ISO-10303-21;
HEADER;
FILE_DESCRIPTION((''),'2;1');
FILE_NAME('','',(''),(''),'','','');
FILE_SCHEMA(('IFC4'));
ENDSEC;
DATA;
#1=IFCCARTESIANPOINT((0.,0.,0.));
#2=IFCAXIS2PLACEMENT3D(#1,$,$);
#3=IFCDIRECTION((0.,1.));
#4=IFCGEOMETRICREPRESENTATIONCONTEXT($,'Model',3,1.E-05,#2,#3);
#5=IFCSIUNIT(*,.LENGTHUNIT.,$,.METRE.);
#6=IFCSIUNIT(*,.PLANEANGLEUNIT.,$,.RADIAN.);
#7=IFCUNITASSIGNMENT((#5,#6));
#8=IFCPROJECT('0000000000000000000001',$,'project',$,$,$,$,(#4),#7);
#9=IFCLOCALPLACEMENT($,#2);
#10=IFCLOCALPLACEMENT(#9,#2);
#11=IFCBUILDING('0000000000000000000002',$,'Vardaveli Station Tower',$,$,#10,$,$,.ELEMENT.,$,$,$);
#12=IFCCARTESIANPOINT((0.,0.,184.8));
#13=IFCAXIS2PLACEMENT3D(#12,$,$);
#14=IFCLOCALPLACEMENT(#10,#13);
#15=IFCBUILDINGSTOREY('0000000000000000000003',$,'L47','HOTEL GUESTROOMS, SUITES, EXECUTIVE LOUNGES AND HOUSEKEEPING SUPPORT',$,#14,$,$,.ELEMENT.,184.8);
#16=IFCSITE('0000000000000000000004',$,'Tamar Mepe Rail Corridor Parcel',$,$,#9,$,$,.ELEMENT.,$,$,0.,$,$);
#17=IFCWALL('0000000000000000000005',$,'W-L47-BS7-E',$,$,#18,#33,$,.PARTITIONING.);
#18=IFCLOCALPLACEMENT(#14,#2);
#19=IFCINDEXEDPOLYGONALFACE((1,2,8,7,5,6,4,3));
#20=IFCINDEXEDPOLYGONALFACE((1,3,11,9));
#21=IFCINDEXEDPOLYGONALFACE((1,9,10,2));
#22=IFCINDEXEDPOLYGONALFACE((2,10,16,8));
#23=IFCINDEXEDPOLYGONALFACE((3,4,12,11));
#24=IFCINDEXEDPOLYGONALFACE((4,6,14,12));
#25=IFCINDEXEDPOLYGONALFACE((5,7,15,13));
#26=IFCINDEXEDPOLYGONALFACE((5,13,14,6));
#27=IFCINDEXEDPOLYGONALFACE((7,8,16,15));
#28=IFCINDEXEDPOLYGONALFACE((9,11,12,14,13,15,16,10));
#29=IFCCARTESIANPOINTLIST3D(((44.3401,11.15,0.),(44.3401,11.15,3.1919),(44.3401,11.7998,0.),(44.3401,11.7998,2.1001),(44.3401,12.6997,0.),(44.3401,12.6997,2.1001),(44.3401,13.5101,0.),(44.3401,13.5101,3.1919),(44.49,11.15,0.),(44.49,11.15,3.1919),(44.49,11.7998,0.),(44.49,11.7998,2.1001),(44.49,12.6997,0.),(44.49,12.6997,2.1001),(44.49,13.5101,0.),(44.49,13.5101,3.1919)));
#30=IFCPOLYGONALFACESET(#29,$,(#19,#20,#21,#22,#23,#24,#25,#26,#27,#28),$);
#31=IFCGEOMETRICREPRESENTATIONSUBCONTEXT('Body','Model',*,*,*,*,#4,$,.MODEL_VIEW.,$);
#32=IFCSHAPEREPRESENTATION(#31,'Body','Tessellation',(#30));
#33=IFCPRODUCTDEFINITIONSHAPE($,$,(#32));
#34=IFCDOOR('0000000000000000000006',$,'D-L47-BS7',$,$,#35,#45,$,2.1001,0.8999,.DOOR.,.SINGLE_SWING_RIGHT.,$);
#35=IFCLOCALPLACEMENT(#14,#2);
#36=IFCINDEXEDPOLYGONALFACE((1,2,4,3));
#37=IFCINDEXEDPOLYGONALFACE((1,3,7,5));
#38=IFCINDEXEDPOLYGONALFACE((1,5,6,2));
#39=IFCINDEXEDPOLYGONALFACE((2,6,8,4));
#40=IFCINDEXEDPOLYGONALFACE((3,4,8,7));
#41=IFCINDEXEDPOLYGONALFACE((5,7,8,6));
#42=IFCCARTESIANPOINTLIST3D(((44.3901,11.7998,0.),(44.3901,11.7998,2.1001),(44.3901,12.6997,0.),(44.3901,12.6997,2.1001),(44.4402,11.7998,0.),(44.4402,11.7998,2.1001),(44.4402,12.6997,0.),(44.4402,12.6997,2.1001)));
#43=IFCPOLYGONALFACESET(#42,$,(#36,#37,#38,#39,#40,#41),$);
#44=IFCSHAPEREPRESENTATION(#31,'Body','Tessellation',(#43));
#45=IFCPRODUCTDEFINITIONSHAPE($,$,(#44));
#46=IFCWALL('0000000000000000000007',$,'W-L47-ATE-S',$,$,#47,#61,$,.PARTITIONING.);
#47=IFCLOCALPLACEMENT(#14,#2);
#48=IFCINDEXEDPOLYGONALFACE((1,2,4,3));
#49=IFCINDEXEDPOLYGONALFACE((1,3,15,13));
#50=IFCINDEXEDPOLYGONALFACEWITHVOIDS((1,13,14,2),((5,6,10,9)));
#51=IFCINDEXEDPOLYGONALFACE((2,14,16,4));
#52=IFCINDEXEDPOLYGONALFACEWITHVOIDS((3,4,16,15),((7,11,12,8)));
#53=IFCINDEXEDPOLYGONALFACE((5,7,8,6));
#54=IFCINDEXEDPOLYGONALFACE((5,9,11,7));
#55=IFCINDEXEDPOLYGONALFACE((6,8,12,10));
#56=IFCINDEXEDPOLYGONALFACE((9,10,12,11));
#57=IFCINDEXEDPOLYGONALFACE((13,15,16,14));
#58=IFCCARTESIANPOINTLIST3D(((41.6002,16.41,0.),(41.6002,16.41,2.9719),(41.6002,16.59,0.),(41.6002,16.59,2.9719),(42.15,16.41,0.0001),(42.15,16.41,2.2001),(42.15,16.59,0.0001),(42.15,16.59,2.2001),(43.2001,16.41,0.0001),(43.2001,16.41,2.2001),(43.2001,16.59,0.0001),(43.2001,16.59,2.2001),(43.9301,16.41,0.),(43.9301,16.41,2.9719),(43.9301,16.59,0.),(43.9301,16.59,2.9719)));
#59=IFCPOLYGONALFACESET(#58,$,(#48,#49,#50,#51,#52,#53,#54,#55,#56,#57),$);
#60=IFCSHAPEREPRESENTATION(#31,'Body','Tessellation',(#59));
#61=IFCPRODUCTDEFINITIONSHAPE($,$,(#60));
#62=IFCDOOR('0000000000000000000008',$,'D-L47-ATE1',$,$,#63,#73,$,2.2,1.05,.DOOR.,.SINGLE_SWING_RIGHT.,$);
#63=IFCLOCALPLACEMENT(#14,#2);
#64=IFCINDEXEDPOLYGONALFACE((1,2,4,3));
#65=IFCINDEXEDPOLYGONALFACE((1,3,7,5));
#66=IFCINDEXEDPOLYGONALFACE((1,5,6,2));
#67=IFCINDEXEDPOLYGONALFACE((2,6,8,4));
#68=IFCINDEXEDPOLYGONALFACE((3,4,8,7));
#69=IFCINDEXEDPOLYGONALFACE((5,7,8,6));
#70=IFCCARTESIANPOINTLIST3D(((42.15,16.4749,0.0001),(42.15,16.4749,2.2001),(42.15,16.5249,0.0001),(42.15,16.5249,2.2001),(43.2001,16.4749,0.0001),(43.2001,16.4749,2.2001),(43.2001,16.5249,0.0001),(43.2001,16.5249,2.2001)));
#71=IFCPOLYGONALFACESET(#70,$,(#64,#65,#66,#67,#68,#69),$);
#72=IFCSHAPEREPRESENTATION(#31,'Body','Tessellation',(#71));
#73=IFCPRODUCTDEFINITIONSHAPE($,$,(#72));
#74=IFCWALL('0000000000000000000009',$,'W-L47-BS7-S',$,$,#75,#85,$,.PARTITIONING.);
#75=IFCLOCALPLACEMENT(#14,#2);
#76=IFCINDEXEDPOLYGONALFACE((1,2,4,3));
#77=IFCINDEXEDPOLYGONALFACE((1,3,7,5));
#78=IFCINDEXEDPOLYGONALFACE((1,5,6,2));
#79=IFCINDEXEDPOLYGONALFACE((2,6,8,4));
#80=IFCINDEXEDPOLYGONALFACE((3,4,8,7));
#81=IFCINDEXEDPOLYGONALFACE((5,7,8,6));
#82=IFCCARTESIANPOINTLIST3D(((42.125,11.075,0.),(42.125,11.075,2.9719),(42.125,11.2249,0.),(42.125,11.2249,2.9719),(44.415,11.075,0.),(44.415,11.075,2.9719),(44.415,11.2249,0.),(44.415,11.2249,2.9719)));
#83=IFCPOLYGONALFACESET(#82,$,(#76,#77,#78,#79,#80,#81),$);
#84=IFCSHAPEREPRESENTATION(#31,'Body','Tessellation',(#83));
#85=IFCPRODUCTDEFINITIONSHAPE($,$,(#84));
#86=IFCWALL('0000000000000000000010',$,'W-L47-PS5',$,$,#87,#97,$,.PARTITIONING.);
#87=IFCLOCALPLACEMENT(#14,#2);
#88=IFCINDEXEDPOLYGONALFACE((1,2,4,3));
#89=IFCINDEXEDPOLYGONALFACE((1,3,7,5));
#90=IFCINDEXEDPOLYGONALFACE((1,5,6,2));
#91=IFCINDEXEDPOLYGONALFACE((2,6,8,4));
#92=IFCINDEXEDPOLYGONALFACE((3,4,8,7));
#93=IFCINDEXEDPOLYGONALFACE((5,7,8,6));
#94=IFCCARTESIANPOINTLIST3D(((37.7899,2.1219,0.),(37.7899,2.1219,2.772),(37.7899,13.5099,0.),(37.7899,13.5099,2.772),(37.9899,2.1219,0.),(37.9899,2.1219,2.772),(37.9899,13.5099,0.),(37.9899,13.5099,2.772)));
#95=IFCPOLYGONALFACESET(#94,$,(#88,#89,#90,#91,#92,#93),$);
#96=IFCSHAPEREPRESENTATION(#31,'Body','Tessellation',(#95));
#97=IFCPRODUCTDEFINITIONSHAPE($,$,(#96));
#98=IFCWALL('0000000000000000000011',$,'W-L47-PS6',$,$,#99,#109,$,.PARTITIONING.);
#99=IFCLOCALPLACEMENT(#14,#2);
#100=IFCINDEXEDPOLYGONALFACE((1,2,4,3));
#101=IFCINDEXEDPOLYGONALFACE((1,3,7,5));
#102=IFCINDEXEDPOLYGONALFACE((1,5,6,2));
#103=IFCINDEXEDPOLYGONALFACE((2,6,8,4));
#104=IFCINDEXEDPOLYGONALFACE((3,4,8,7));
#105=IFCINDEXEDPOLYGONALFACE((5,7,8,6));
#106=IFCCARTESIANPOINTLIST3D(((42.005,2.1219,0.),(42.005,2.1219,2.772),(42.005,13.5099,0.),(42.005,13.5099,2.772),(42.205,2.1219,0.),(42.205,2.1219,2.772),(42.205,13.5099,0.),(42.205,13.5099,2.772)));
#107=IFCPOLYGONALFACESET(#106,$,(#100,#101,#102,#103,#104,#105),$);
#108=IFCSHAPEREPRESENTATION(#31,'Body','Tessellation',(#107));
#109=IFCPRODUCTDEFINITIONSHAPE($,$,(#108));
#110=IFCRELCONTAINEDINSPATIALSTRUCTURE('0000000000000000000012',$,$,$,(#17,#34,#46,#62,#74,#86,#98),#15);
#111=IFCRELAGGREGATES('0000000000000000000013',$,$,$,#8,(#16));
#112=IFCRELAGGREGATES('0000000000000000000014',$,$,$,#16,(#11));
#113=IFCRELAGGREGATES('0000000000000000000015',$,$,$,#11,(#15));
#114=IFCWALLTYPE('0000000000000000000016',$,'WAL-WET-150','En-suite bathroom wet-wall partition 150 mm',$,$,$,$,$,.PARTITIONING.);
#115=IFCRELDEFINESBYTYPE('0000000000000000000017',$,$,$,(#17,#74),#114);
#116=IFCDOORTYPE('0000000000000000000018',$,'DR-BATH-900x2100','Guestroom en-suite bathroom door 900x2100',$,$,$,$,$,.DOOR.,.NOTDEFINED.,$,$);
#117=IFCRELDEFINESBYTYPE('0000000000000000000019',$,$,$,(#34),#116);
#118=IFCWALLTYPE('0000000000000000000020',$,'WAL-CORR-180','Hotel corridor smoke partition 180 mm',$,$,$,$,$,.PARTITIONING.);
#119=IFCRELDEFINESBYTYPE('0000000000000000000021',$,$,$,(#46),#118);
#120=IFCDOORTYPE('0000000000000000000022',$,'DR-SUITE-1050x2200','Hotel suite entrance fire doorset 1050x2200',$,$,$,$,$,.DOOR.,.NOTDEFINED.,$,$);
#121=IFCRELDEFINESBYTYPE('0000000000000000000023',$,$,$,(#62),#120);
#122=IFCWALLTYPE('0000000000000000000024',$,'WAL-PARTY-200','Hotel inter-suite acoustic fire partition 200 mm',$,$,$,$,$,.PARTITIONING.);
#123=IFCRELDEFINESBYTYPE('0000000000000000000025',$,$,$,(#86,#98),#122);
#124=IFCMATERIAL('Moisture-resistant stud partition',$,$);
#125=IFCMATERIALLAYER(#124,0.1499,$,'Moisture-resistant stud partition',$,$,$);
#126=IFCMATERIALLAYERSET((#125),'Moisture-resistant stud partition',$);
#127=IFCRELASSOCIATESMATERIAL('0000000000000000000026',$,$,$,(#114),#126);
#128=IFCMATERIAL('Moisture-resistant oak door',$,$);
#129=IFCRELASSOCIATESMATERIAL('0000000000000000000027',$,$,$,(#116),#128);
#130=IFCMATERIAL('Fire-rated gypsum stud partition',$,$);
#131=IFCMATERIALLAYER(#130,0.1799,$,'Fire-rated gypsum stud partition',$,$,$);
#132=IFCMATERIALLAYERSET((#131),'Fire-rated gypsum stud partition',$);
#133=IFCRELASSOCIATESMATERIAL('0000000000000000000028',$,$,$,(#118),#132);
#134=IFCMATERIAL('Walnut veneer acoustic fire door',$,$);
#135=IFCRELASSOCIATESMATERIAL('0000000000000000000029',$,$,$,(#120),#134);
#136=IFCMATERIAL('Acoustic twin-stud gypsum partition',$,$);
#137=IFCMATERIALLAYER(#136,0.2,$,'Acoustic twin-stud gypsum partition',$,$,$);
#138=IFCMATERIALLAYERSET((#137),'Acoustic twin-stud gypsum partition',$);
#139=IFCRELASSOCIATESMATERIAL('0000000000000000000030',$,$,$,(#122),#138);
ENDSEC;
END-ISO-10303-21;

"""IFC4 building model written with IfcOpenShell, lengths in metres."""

from ifc_helpers import new_model, si_unit, direction, frame, frame_2d, origin, place, context, subcontext, project, spatial, rectangle, extrude, source, transform, mapped, material, layer, layer_set, type_object, element, fill, save


model = new_model("IFC4")

# Units and contexts
model_context = context("Model", 3, precision=1e-05, world=origin(), true_north=direction((0.0, 1.0)))
body_context = subcontext(model_context, "Body", "Model", "MODEL_VIEW")
ifc_project = project(units=[si_unit("LENGTHUNIT", "METRE"), si_unit("PLANEANGLEUNIT", "RADIAN")], contexts=[model_context])

# Site, building, storey
site_placement = place(None, origin())
site = spatial("IfcSite", under=ifc_project, at=site_placement, Name="Tamar Mepe Rail Corridor Parcel", CompositionType="ELEMENT", RefElevation=0.0)
building_placement = place(site_placement, origin())
building = spatial("IfcBuilding", under=site, at=building_placement, Name="Vardaveli Station Tower", CompositionType="ELEMENT")
storey_placement = place(building_placement, frame((0.0, 0.0, 184.8)))
storey = spatial("IfcBuildingStorey", under=building, at=storey_placement, Name="L47", Description="HOTEL GUESTROOMS, SUITES, EXECUTIVE LOUNGES AND HOUSEKEEPING SUPPORT", CompositionType="ELEMENT", Elevation=184.8)

# Walls, openings, doors
ifc_material_1 = material(Name="Moisture-resistant stud partition")
ifc_layer_1 = layer(ifc_material_1, 0.1499, Name="Moisture-resistant stud partition")
ifc_layer_set_1 = layer_set([ifc_layer_1], Name="Moisture-resistant stud partition")
wall_type_1 = type_object("IfcWallType", Name="WAL-WET-150", Description="En-suite bathroom wet-wall partition 150 mm", PredefinedType="PARTITIONING", material=ifc_layer_set_1)
shared_shape_1 = source(origin(), body_context, "Body", "SweptSolid", [
    extrude(rectangle(XDim=2.3601, YDim=0.1499, at=frame_2d((1.1802, 0.0))), origin(), (0.0, 0.0, 1.0), 3.1919),
])
wall_1_placement = place(storey_placement, frame((44.415, 11.1499, 0.0), z_axis=(0.0, 0.0, 1.0), x_axis=(0.0, 1.0, 0.0)))
wall_1 = element("IfcWall", 1, at=wall_1_placement, inside=storey, type_object=wall_type_1, Name="W-L47-BS7-E", PredefinedType="PARTITIONING", context=body_context, shape_type="MappedRepresentation", body=[
    mapped(shared_shape_1, transform((0.0, 0.0, 0.0), scale=1.0)),
])
shared_shape_2 = source(origin(), body_context, "Body", "SweptSolid", [
    extrude(rectangle(XDim=0.8999, YDim=2.1001, at=frame_2d((0.45, 1.05))), frame((0.0, 0.085, 0.0), z_axis=(0.0, -1.0, 0.0), x_axis=(1.0, 0.0, 0.0)), (0.0, 0.0, 1.0), 0.1699),
])
opening_1_placement = place(wall_1_placement, frame((0.6499, 0.0, 0.0)))
opening_1 = element("IfcOpeningElement", 2, at=opening_1_placement, cuts=wall_1, PredefinedType="OPENING", context=body_context, shape_type="MappedRepresentation", body=[
    mapped(shared_shape_2, transform((0.0, 0.0, 0.0), scale=1.0)),
])
ifc_material_2 = material(Name="Moisture-resistant oak door")
door_type_1 = type_object("IfcDoorType", Name="DR-BATH-900x2100", Description="Guestroom en-suite bathroom door 900x2100", OperationType="NOTDEFINED", PredefinedType="DOOR", material=ifc_material_2)
shared_shape_3 = source(origin(), body_context, "Body", "SweptSolid", [
    extrude(rectangle(XDim=0.8999, YDim=2.1001, at=frame_2d((0.45, 1.05))), frame((0.0, 0.0249, 0.0), z_axis=(0.0, -1.0, 0.0), x_axis=(1.0, 0.0, 0.0)), (0.0, 0.0, 1.0), 0.05),
])
door_1_placement = place(opening_1_placement, origin())
door_1 = element("IfcDoor", 3, at=door_1_placement, inside=storey, type_object=door_type_1, Name="D-L47-BS7", OperationType="SINGLE_SWING_RIGHT", OverallHeight=2.1001, OverallWidth=0.8999, PredefinedType="DOOR", context=body_context, shape_type="MappedRepresentation", body=[
    mapped(shared_shape_3, transform((0.0, 0.0, 0.0), scale=1.0)),
])
fill(opening_1, door_1)
ifc_material_3 = material(Name="Fire-rated gypsum stud partition")
ifc_layer_2 = layer(ifc_material_3, 0.1799, Name="Fire-rated gypsum stud partition")
ifc_layer_set_2 = layer_set([ifc_layer_2], Name="Fire-rated gypsum stud partition")
wall_type_2 = type_object("IfcWallType", Name="WAL-CORR-180", Description="Hotel corridor smoke partition 180 mm", PredefinedType="PARTITIONING", material=ifc_layer_set_2)
shared_shape_4 = source(origin(), body_context, "Body", "SweptSolid", [
    extrude(rectangle(XDim=2.3298, YDim=0.1799, at=frame_2d((1.165, 0.0))), origin(), (0.0, 0.0, 1.0), 2.9719),
])
wall_2_placement = place(storey_placement, frame((41.6001, 16.5, 0.0), z_axis=(0.0, 0.0, 1.0), x_axis=(1.0, 0.0, 0.0)))
wall_2 = element("IfcWall", 4, at=wall_2_placement, inside=storey, type_object=wall_type_2, Name="W-L47-ATE-S", PredefinedType="PARTITIONING", context=body_context, shape_type="MappedRepresentation", body=[
    mapped(shared_shape_4, transform((0.0, 0.0, 0.0), scale=1.0)),
])
shared_shape_5 = source(origin(), body_context, "Body", "SweptSolid", [
    extrude(rectangle(XDim=1.05, YDim=2.2, at=frame_2d((0.5249, 1.1001))), frame((0.0, 0.1001, 0.0), z_axis=(0.0, -1.0, 0.0), x_axis=(1.0, 0.0, 0.0)), (0.0, 0.0, 1.0), 0.2),
])
opening_2_placement = place(wall_2_placement, frame((0.55, 0.0, 0.0)))
opening_2 = element("IfcOpeningElement", 5, at=opening_2_placement, cuts=wall_2, PredefinedType="OPENING", context=body_context, shape_type="MappedRepresentation", body=[
    mapped(shared_shape_5, transform((0.0, 0.0, 0.0), scale=1.0)),
])
ifc_material_4 = material(Name="Walnut veneer acoustic fire door")
door_type_2 = type_object("IfcDoorType", Name="DR-SUITE-1050x2200", Description="Hotel suite entrance fire doorset 1050x2200", OperationType="NOTDEFINED", PredefinedType="DOOR", material=ifc_material_4)
shared_shape_6 = source(origin(), body_context, "Body", "SweptSolid", [
    extrude(rectangle(XDim=1.05, YDim=2.2, at=frame_2d((0.5249, 1.1001))), frame((0.0, 0.0249, 0.0), z_axis=(0.0, -1.0, 0.0), x_axis=(1.0, 0.0, 0.0)), (0.0, 0.0, 1.0), 0.05),
])
door_2_placement = place(opening_2_placement, origin())
door_2 = element("IfcDoor", 6, at=door_2_placement, inside=storey, type_object=door_type_2, Name="D-L47-ATE1", OperationType="SINGLE_SWING_RIGHT", OverallHeight=2.2, OverallWidth=1.05, PredefinedType="DOOR", context=body_context, shape_type="MappedRepresentation", body=[
    mapped(shared_shape_6, transform((0.0, 0.0, 0.0), scale=1.0)),
])
fill(opening_2, door_2)

# Walls
shared_shape_7 = source(origin(), body_context, "Body", "SweptSolid", [
    extrude(rectangle(XDim=2.29, YDim=0.1499, at=frame_2d((1.145, 0.0))), origin(), (0.0, 0.0, 1.0), 2.9719),
])
wall_3_placement = place(storey_placement, frame((42.125, 11.1499, 0.0), z_axis=(0.0, 0.0, 1.0), x_axis=(1.0, 0.0, 0.0)))
element("IfcWall", 7, at=wall_3_placement, inside=storey, type_object=wall_type_1, Name="W-L47-BS7-S", PredefinedType="PARTITIONING", context=body_context, shape_type="MappedRepresentation", body=[
    mapped(shared_shape_7, transform((0.0, 0.0, 0.0), scale=1.0)),
])
ifc_material_5 = material(Name="Acoustic twin-stud gypsum partition")
ifc_layer_3 = layer(ifc_material_5, 0.2, Name="Acoustic twin-stud gypsum partition")
ifc_layer_set_3 = layer_set([ifc_layer_3], Name="Acoustic twin-stud gypsum partition")
wall_type_3 = type_object("IfcWallType", Name="WAL-PARTY-200", Description="Hotel inter-suite acoustic fire partition 200 mm", PredefinedType="PARTITIONING", material=ifc_layer_set_3)
shared_shape_8 = source(origin(), body_context, "Body", "SweptSolid", [
    extrude(rectangle(XDim=11.3879, YDim=0.2, at=frame_2d((5.6938, 0.0))), origin(), (0.0, 0.0, 1.0), 2.772),
])
for number, where, z_axis, x_axis, name in (
    (8, (37.8899, 2.1221, 0.0), (0.0, 0.0, 1.0), (0.0, 1.0, 0.0), "W-L47-PS5"),
    (9, (42.105, 2.1221, 0.0), (0.0, 0.0, 1.0), (0.0, 1.0, 0.0), "W-L47-PS6"),
):
    element("IfcWall", number, at=place(storey_placement, frame(where, z_axis=z_axis, x_axis=x_axis)), inside=storey, type_object=wall_type_3, Name=name, PredefinedType="PARTITIONING", context=body_context, shape_type="MappedRepresentation", body=[
        mapped(shared_shape_8, transform((0.0, 0.0, 0.0), scale=1.0)),
    ])

save(model, "model.ifc")
